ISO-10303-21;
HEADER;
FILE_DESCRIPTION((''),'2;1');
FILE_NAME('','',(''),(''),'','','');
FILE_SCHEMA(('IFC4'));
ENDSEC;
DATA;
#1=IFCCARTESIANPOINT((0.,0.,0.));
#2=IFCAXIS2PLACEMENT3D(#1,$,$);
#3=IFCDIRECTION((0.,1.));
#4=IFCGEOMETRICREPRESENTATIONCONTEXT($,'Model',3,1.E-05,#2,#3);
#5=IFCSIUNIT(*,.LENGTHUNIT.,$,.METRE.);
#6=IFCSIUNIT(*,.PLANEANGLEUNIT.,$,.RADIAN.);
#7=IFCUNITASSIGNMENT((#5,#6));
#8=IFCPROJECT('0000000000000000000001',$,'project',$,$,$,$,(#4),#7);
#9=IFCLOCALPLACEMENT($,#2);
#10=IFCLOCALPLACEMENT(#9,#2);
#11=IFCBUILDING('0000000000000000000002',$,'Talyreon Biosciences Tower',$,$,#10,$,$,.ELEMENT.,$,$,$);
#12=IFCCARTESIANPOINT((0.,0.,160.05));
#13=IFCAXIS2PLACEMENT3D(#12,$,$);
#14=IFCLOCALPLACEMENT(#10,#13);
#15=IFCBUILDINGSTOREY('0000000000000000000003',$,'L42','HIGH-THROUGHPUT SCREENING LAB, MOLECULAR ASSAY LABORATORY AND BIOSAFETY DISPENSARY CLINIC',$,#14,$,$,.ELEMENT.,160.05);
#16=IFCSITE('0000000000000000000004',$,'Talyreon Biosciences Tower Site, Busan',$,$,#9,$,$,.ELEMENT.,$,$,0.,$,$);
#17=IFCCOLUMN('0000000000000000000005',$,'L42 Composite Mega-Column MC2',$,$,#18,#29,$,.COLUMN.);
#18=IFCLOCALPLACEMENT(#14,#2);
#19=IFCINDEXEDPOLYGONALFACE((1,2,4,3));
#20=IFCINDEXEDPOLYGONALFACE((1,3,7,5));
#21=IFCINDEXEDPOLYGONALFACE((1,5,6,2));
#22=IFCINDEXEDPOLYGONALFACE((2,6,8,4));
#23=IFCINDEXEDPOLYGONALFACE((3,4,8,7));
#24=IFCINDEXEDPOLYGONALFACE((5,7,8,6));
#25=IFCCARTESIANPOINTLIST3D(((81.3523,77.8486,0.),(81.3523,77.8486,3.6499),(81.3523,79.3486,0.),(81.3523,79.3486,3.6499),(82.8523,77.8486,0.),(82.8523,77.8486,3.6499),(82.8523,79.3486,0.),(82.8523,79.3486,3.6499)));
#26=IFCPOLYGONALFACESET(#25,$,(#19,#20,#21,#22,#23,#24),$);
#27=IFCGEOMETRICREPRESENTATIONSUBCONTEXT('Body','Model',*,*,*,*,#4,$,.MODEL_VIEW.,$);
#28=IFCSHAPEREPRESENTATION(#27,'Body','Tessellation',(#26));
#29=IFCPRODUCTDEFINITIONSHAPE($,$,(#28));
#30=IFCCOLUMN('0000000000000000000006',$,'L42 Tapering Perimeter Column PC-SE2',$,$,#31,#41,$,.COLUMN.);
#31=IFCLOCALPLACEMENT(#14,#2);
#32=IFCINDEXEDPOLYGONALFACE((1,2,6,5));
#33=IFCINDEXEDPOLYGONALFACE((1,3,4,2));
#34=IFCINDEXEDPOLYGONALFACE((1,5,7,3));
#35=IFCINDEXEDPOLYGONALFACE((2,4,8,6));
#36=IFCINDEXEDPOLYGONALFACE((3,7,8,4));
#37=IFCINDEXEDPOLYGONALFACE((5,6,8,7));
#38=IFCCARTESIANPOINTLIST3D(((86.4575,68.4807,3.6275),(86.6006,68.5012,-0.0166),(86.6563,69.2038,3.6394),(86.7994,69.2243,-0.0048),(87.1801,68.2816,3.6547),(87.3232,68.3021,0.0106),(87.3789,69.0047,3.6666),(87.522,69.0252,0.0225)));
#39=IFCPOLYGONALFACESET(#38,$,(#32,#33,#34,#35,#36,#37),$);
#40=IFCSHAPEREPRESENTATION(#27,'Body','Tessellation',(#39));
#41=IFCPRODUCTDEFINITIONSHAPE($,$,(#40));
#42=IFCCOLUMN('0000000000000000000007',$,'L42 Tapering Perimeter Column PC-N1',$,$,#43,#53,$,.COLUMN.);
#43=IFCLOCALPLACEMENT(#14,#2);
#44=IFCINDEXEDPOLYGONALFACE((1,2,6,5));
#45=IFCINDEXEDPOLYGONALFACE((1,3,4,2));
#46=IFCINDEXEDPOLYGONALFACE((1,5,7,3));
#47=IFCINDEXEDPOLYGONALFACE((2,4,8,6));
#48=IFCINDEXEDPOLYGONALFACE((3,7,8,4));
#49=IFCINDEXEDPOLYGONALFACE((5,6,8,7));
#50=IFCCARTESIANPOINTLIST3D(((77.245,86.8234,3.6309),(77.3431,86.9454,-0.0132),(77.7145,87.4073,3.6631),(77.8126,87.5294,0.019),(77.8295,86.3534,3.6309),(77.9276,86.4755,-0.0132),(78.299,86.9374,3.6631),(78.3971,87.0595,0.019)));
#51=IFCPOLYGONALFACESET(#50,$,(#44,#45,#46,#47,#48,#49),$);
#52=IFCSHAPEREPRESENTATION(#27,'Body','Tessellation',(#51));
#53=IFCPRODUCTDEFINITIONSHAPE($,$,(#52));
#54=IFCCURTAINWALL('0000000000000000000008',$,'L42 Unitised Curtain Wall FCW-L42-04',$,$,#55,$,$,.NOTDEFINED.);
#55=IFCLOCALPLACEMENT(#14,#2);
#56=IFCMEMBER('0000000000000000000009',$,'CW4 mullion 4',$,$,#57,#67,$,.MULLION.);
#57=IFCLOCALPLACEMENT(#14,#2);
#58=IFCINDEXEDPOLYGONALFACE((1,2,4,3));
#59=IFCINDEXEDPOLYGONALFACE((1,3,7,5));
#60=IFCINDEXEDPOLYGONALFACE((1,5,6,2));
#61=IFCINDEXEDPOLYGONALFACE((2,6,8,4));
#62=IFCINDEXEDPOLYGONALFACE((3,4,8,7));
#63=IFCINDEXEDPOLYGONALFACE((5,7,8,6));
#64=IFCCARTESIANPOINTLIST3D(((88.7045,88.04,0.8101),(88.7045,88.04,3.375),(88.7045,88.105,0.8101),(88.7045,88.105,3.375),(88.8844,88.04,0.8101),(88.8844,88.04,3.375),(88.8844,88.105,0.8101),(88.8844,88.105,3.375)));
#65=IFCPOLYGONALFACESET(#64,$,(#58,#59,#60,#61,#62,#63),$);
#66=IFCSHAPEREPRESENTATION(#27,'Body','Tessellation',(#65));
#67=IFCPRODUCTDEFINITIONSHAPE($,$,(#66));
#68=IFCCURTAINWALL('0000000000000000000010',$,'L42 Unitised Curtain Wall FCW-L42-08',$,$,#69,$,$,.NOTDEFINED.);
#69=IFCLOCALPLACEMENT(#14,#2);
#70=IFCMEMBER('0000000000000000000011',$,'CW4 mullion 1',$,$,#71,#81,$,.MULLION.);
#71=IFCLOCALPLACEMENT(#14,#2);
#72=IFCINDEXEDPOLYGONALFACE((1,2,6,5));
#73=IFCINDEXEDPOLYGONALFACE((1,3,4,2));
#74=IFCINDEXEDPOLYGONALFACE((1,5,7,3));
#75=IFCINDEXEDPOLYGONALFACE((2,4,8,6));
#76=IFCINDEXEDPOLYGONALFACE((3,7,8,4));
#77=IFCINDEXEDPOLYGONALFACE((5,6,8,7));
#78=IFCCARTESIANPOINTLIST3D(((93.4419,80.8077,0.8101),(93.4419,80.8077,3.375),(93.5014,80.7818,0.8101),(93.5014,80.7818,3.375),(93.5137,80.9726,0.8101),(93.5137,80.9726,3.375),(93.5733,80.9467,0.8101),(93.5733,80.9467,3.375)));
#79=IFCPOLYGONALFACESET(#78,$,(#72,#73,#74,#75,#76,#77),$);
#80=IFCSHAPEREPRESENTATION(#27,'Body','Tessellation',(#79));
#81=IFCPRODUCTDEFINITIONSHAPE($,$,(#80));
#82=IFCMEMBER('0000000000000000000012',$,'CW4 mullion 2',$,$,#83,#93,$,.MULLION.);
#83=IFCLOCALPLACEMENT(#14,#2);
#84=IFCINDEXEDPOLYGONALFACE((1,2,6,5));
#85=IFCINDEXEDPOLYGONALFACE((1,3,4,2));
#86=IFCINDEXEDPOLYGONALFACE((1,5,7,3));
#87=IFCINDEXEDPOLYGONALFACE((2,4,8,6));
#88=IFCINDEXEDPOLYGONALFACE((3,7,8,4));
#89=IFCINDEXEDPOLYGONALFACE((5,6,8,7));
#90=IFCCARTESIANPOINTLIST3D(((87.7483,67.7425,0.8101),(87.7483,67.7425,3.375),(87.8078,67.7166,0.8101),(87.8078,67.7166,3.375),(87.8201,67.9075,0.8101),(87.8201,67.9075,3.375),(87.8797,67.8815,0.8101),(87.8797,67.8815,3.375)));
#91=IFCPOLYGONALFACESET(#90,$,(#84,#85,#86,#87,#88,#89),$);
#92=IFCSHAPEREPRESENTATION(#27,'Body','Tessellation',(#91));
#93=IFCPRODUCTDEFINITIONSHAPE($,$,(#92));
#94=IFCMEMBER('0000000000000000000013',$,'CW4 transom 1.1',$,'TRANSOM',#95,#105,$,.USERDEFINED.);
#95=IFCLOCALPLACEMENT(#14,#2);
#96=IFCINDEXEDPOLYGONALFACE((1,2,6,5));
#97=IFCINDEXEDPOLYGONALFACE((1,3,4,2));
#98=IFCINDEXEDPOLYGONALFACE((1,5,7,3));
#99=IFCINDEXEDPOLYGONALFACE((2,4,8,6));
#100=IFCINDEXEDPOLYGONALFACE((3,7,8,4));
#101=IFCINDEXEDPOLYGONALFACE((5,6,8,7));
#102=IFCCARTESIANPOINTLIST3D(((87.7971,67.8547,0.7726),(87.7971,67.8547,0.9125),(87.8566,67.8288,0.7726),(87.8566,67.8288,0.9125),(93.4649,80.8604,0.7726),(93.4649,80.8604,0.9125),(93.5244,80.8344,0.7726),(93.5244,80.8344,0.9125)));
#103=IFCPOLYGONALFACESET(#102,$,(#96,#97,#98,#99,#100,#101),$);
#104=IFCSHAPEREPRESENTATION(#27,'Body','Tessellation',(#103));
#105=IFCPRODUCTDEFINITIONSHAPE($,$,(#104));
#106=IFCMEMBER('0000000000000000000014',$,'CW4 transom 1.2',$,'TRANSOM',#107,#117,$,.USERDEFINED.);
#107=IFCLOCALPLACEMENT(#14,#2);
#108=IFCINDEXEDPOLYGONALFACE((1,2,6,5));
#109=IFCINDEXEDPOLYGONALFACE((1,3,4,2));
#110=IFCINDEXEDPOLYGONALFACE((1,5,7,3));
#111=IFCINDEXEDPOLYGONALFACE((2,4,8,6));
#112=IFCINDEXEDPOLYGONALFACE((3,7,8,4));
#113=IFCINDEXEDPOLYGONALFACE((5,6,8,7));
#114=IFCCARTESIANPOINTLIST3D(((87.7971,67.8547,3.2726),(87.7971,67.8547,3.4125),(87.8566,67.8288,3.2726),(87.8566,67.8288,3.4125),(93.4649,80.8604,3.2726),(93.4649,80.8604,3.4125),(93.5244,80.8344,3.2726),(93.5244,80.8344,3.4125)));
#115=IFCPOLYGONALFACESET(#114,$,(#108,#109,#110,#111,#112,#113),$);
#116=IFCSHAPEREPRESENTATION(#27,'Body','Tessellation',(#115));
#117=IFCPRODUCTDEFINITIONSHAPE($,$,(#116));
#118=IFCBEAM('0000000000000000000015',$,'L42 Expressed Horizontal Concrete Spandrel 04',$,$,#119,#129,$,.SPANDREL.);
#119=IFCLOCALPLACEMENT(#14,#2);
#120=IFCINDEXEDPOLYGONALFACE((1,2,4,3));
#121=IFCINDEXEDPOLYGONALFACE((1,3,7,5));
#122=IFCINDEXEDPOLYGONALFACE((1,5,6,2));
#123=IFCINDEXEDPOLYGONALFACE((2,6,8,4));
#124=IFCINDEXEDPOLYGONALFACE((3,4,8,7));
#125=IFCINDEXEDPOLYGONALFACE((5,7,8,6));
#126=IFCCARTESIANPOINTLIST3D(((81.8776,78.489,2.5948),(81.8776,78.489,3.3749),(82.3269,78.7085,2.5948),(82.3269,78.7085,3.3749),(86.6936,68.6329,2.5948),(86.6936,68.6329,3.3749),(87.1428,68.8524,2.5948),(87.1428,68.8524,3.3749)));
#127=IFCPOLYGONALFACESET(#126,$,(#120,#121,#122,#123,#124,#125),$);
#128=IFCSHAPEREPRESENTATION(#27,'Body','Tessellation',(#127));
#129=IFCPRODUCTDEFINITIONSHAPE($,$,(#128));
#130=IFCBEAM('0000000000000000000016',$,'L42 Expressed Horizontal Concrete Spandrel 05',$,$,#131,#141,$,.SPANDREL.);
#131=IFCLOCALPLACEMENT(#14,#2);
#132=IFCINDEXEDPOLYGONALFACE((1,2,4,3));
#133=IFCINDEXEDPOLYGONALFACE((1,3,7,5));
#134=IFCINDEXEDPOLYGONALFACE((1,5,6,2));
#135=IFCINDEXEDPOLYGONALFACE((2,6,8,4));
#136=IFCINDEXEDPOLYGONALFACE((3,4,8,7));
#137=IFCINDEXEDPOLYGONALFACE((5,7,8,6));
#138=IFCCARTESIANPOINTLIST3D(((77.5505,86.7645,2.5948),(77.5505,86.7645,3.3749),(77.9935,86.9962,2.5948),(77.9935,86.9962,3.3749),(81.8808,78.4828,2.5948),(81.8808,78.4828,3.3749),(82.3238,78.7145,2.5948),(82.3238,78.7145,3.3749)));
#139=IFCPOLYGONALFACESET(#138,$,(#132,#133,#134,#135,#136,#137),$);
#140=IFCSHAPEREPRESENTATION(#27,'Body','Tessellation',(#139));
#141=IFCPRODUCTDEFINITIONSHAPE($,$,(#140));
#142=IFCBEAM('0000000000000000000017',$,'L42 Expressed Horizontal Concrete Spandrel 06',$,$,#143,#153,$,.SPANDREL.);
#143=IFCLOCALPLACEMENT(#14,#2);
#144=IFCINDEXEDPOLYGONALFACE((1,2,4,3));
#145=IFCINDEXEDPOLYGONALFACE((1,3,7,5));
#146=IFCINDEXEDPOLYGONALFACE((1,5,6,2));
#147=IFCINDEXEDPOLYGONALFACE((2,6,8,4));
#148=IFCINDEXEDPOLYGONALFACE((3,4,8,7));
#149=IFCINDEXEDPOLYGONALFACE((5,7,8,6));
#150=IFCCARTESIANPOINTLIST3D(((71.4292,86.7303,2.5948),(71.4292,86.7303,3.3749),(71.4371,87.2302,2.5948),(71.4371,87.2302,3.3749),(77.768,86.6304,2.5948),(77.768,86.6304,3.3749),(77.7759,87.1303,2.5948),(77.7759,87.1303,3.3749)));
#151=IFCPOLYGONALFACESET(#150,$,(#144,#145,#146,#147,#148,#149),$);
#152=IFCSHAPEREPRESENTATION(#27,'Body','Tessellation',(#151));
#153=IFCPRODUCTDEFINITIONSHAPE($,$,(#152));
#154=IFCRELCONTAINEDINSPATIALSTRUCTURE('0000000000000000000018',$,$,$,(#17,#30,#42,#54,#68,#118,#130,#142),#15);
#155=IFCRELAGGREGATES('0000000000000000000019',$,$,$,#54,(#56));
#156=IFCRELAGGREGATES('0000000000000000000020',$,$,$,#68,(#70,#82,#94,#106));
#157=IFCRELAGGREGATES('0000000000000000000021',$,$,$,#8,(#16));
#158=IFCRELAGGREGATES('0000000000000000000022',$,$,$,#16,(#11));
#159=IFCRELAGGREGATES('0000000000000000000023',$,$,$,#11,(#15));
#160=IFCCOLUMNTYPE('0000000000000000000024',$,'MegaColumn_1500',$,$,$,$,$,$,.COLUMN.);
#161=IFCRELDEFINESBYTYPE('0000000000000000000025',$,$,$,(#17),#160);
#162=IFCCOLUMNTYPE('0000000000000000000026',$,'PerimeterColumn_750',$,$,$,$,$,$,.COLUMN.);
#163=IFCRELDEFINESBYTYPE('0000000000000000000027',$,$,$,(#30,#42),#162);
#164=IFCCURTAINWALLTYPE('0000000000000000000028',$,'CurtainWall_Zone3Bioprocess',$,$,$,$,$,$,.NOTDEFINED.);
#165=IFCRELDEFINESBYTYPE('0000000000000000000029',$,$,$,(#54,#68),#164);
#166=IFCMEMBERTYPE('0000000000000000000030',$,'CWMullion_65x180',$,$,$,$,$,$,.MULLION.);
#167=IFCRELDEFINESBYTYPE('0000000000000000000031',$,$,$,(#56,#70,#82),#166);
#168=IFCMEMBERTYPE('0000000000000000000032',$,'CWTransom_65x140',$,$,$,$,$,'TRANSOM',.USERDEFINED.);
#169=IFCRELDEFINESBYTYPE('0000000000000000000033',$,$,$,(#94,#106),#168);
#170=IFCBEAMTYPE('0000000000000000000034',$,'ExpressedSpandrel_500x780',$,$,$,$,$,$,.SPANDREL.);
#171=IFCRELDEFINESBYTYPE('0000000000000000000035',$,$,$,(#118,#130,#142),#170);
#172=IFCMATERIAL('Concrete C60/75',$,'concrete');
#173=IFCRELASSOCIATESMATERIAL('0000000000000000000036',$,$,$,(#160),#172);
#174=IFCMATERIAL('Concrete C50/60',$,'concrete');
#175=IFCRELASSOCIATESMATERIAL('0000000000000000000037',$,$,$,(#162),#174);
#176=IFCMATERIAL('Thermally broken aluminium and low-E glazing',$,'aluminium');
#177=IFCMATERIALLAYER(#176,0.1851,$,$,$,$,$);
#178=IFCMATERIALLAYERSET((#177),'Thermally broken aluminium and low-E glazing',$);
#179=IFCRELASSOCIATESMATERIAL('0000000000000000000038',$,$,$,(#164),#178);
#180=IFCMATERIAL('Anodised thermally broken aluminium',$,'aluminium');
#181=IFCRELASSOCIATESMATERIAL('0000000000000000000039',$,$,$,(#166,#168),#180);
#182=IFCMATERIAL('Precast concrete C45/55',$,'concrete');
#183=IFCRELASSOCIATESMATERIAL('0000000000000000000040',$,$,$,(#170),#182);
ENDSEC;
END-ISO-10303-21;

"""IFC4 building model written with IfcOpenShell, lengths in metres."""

from ifc_helpers import new_model, si_unit, direction, frame, origin, origin_2d, place, context, subcontext, project, spatial, rectangle, extrude, material, layer, layer_set, material_profile, profile_set, type_object, element, aggregate, save


model = new_model("IFC4")

# Units and contexts
model_context = context("Model", 3, precision=1e-05, world=origin(), true_north=direction((0.0, 1.0)))
body_context = subcontext(model_context, "Body", "Model", "MODEL_VIEW")
ifc_project = project(units=[si_unit("LENGTHUNIT", "METRE"), si_unit("PLANEANGLEUNIT", "RADIAN")], contexts=[model_context])

# Site, building, storey
site_placement = place(None, origin())
site = spatial("IfcSite", under=ifc_project, at=site_placement, Name="Talyreon Biosciences Tower Site, Busan", CompositionType="ELEMENT", RefElevation=0.0)
building_placement = place(site_placement, origin())
building = spatial("IfcBuilding", under=site, at=building_placement, Name="Talyreon Biosciences Tower", CompositionType="ELEMENT")
storey_placement = place(building_placement, frame((0.0, 0.0, 160.05)))
storey = spatial("IfcBuildingStorey", under=building, at=storey_placement, Name="L42", Description="HIGH-THROUGHPUT SCREENING LAB, MOLECULAR ASSAY LABORATORY AND BIOSAFETY DISPENSARY CLINIC", CompositionType="ELEMENT", Elevation=160.05)

# Columns
ifc_material_1 = material(Name="Concrete C60/75", Category="concrete")
ifc_material_profile_1 = material_profile(ifc_material_1, rectangle(XDim=1.5, YDim=1.5, at=origin_2d()), Name="RC 1500x1500")
ifc_profile_set_1 = profile_set([ifc_material_profile_1], Name="Concrete C60/75")
column_type_1 = type_object("IfcColumnType", Name="MegaColumn_1500", PredefinedType="COLUMN", material=ifc_profile_set_1)
column_1_placement = place(storey_placement, frame((82.1023, 78.5986, 0.0), z_axis=(0.0, 0.0, 1.0), x_axis=(1.0, 0.0, 0.0)))
element("IfcColumn", 1, at=column_1_placement, inside=storey, type_object=column_type_1, Name="L42 Composite Mega-Column MC2", PredefinedType="COLUMN", context=body_context, shape_type="SweptSolid", body=[
    extrude(rectangle(XDim=1.5, YDim=1.5, at=origin_2d()), origin(), (0.0, 0.0, 1.0), 3.6499),
])
ifc_material_2 = material(Name="Concrete C50/60", Category="concrete")
ifc_material_profile_2 = material_profile(ifc_material_2, rectangle(XDim=0.75, YDim=0.75, at=origin_2d()), Name="RC 750x750")
ifc_profile_set_2 = profile_set([ifc_material_profile_2], Name="Concrete C50/60")
column_type_2 = type_object("IfcColumnType", Name="PerimeterColumn_750", PredefinedType="COLUMN", material=ifc_profile_set_2)
column_2_placement = place(storey_placement, frame((87.0613, 68.7632, 0.0029), z_axis=(-0.03923, -0.005623, 0.999214), x_axis=(0.963431, -0.265482, 0.036331)))
element("IfcColumn", 2, at=column_2_placement, inside=storey, type_object=column_type_2, Name="L42 Tapering Perimeter Column PC-SE2", PredefinedType="COLUMN", context=body_context, shape_type="SweptSolid", body=[
    extrude(rectangle(XDim=0.75, YDim=0.75, at=origin_2d()), origin(), (0.0, 0.0, 1.0), 3.647),
])
column_3_placement = place(storey_placement, frame((77.8701, 87.0024, 0.0029), z_axis=(-0.026908, -0.033468, 0.999078), x_axis=(-0.779346, 0.626594, 0.0)))
element("IfcColumn", 3, at=column_3_placement, inside=storey, type_object=column_type_2, Name="L42 Tapering Perimeter Column PC-N1", PredefinedType="COLUMN", context=body_context, shape_type="SweptSolid", body=[
    extrude(rectangle(XDim=0.75, YDim=0.75, at=origin_2d()), origin(), (0.0, 0.0, 1.0), 3.6475),
])

# Curtain wall, member
ifc_material_3 = material(Name="Thermally broken aluminium and low-E glazing", Category="aluminium")
ifc_layer_1 = layer(ifc_material_3, 0.1851)
ifc_layer_set_1 = layer_set([ifc_layer_1], Name="Thermally broken aluminium and low-E glazing")
curtain_wall_type = type_object("IfcCurtainWallType", Name="CurtainWall_Zone3Bioprocess", PredefinedType="NOTDEFINED", material=ifc_layer_set_1)
curtain_wall_1_placement = place(storey_placement, origin())
curtain_wall_1 = element("IfcCurtainWall", 4, at=curtain_wall_1_placement, inside=storey, type_object=curtain_wall_type, Name="L42 Unitised Curtain Wall FCW-L42-04", PredefinedType="NOTDEFINED")
ifc_material_4 = material(Name="Anodised thermally broken aluminium", Category="aluminium")
ifc_material_profile_3 = material_profile(ifc_material_4, rectangle(XDim=0.0649, YDim=0.1799, at=origin_2d()), Name="ALUM MULLION 65x180")
ifc_profile_set_3 = profile_set([ifc_material_profile_3], Name="Anodised thermally broken aluminium")
member_type_1 = type_object("IfcMemberType", Name="CWMullion_65x180", PredefinedType="MULLION", material=ifc_profile_set_3)
member_1_placement = place(storey_placement, frame((88.7944, 88.0725, 0.8101), z_axis=(0.0, 0.0, 1.0), x_axis=(0.0, 1.0, 0.0)))
member_1 = element("IfcMember", 5, at=member_1_placement, type_object=member_type_1, Name="CW4 mullion 4", PredefinedType="MULLION", context=body_context, shape_type="SweptSolid", body=[
    extrude(rectangle(XDim=0.0649, YDim=0.1799, at=origin_2d()), origin(), (0.0, 0.0, 1.0), 2.5649),
])

# Curtain wall, members
curtain_wall_2_placement = place(storey_placement, origin())
curtain_wall_2 = element("IfcCurtainWall", 6, at=curtain_wall_2_placement, inside=storey, type_object=curtain_wall_type, Name="L42 Unitised Curtain Wall FCW-L42-08", PredefinedType="NOTDEFINED")
member_2_placement = place(storey_placement, frame((93.5076, 80.8772, 0.8101), z_axis=(0.0, 0.0, 1.0), x_axis=(0.916731, -0.399505, 0.0)))
member_2 = element("IfcMember", 7, at=member_2_placement, type_object=member_type_1, Name="CW4 mullion 1", PredefinedType="MULLION", context=body_context, shape_type="SweptSolid", body=[
    extrude(rectangle(XDim=0.0649, YDim=0.1799, at=origin_2d()), origin(), (0.0, 0.0, 1.0), 2.5649),
])
member_3_placement = place(storey_placement, frame((87.814, 67.812, 0.8101), z_axis=(0.0, 0.0, 1.0), x_axis=(0.916731, -0.399505, 0.0)))
member_3 = element("IfcMember", 8, at=member_3_placement, type_object=member_type_1, Name="CW4 mullion 2", PredefinedType="MULLION", context=body_context, shape_type="SweptSolid", body=[
    extrude(rectangle(XDim=0.0649, YDim=0.1799, at=origin_2d()), origin(), (0.0, 0.0, 1.0), 2.5649),
])
ifc_material_profile_4 = material_profile(ifc_material_4, rectangle(XDim=0.0649, YDim=0.1399, at=origin_2d()), Name="ALUM TRANSOM 65x140")
ifc_profile_set_4 = profile_set([ifc_material_profile_4], Name="Anodised thermally broken aluminium")
member_type_2 = type_object("IfcMemberType", Name="CWTransom_65x140", ElementType="TRANSOM", PredefinedType="USERDEFINED", material=ifc_profile_set_4)
member_4_placement = place(storey_placement, frame((93.4946, 80.8474, 0.8425), z_axis=(-0.399503, -0.916732, 0.0), x_axis=(0.916732, -0.399503, 0.0)))
member_4 = element("IfcMember", 9, at=member_4_placement, type_object=member_type_2, Name="CW4 transom 1.1", ObjectType="TRANSOM", PredefinedType="USERDEFINED", context=body_context, shape_type="SweptSolid", body=[
    extrude(rectangle(XDim=0.0649, YDim=0.1399, at=origin_2d()), origin(), (0.0, 0.0, 1.0), 14.187),
])
member_5_placement = place(storey_placement, frame((93.4946, 80.8474, 3.3425), z_axis=(-0.399503, -0.916732, 0.0), x_axis=(0.916732, -0.399503, 0.0)))
member_5 = element("IfcMember", 10, at=member_5_placement, type_object=member_type_2, Name="CW4 transom 1.2", ObjectType="TRANSOM", PredefinedType="USERDEFINED", context=body_context, shape_type="SweptSolid", body=[
    extrude(rectangle(XDim=0.0649, YDim=0.1399, at=origin_2d()), origin(), (0.0, 0.0, 1.0), 14.187),
])

# Beams
ifc_material_5 = material(Name="Precast concrete C45/55", Category="concrete")
ifc_material_profile_5 = material_profile(ifc_material_5, rectangle(XDim=0.5, YDim=0.78, at=origin_2d()), Name="RCB 500x780")
ifc_profile_set_5 = profile_set([ifc_material_profile_5], Name="Precast concrete C45/55")
beam_type_1 = type_object("IfcBeamType", Name="ExpressedSpandrel_500x780", PredefinedType="SPANDREL", material=ifc_profile_set_5)
beam_1_placement = place(storey_placement, frame((86.9182, 68.7427, 2.9849), z_axis=(-0.439023, 0.898476, 0.0), x_axis=(-0.898476, -0.439023, 0.0)))
element("IfcBeam", 11, at=beam_1_placement, inside=storey, type_object=beam_type_1, Name="L42 Expressed Horizontal Concrete Spandrel 04", PredefinedType="SPANDREL", context=body_context, shape_type="SweptSolid", body=[
    extrude(rectangle(XDim=0.5, YDim=0.78, at=origin_2d()), origin(), (0.0, 0.0, 1.0), 10.9697),
])
beam_2_placement = place(storey_placement, frame((82.1023, 78.5986, 2.9849), z_axis=(-0.463358, 0.886171, 0.0), x_axis=(-0.886171, -0.463358, 0.0)))
element("IfcBeam", 12, at=beam_2_placement, inside=storey, type_object=beam_type_1, Name="L42 Expressed Horizontal Concrete Spandrel 05", PredefinedType="SPANDREL", context=body_context, shape_type="SweptSolid", body=[
    extrude(rectangle(XDim=0.5, YDim=0.78, at=origin_2d()), origin(), (0.0, 0.0, 1.0), 9.3455),
])
beam_3_placement = place(storey_placement, frame((77.772, 86.8804, 2.9849), z_axis=(-0.999876, 0.015751, 0.0), x_axis=(-0.015751, -0.999876, 0.0)))
element("IfcBeam", 13, at=beam_3_placement, inside=storey, type_object=beam_type_1, Name="L42 Expressed Horizontal Concrete Spandrel 06", PredefinedType="SPANDREL", context=body_context, shape_type="SweptSolid", body=[
    extrude(rectangle(XDim=0.5, YDim=0.78, at=origin_2d()), origin(), (0.0, 0.0, 1.0), 6.3396),
])

aggregate(curtain_wall_1, [member_1])
aggregate(curtain_wall_2, [member_2, member_3, member_4, member_5])

save(model, "model.ifc")
